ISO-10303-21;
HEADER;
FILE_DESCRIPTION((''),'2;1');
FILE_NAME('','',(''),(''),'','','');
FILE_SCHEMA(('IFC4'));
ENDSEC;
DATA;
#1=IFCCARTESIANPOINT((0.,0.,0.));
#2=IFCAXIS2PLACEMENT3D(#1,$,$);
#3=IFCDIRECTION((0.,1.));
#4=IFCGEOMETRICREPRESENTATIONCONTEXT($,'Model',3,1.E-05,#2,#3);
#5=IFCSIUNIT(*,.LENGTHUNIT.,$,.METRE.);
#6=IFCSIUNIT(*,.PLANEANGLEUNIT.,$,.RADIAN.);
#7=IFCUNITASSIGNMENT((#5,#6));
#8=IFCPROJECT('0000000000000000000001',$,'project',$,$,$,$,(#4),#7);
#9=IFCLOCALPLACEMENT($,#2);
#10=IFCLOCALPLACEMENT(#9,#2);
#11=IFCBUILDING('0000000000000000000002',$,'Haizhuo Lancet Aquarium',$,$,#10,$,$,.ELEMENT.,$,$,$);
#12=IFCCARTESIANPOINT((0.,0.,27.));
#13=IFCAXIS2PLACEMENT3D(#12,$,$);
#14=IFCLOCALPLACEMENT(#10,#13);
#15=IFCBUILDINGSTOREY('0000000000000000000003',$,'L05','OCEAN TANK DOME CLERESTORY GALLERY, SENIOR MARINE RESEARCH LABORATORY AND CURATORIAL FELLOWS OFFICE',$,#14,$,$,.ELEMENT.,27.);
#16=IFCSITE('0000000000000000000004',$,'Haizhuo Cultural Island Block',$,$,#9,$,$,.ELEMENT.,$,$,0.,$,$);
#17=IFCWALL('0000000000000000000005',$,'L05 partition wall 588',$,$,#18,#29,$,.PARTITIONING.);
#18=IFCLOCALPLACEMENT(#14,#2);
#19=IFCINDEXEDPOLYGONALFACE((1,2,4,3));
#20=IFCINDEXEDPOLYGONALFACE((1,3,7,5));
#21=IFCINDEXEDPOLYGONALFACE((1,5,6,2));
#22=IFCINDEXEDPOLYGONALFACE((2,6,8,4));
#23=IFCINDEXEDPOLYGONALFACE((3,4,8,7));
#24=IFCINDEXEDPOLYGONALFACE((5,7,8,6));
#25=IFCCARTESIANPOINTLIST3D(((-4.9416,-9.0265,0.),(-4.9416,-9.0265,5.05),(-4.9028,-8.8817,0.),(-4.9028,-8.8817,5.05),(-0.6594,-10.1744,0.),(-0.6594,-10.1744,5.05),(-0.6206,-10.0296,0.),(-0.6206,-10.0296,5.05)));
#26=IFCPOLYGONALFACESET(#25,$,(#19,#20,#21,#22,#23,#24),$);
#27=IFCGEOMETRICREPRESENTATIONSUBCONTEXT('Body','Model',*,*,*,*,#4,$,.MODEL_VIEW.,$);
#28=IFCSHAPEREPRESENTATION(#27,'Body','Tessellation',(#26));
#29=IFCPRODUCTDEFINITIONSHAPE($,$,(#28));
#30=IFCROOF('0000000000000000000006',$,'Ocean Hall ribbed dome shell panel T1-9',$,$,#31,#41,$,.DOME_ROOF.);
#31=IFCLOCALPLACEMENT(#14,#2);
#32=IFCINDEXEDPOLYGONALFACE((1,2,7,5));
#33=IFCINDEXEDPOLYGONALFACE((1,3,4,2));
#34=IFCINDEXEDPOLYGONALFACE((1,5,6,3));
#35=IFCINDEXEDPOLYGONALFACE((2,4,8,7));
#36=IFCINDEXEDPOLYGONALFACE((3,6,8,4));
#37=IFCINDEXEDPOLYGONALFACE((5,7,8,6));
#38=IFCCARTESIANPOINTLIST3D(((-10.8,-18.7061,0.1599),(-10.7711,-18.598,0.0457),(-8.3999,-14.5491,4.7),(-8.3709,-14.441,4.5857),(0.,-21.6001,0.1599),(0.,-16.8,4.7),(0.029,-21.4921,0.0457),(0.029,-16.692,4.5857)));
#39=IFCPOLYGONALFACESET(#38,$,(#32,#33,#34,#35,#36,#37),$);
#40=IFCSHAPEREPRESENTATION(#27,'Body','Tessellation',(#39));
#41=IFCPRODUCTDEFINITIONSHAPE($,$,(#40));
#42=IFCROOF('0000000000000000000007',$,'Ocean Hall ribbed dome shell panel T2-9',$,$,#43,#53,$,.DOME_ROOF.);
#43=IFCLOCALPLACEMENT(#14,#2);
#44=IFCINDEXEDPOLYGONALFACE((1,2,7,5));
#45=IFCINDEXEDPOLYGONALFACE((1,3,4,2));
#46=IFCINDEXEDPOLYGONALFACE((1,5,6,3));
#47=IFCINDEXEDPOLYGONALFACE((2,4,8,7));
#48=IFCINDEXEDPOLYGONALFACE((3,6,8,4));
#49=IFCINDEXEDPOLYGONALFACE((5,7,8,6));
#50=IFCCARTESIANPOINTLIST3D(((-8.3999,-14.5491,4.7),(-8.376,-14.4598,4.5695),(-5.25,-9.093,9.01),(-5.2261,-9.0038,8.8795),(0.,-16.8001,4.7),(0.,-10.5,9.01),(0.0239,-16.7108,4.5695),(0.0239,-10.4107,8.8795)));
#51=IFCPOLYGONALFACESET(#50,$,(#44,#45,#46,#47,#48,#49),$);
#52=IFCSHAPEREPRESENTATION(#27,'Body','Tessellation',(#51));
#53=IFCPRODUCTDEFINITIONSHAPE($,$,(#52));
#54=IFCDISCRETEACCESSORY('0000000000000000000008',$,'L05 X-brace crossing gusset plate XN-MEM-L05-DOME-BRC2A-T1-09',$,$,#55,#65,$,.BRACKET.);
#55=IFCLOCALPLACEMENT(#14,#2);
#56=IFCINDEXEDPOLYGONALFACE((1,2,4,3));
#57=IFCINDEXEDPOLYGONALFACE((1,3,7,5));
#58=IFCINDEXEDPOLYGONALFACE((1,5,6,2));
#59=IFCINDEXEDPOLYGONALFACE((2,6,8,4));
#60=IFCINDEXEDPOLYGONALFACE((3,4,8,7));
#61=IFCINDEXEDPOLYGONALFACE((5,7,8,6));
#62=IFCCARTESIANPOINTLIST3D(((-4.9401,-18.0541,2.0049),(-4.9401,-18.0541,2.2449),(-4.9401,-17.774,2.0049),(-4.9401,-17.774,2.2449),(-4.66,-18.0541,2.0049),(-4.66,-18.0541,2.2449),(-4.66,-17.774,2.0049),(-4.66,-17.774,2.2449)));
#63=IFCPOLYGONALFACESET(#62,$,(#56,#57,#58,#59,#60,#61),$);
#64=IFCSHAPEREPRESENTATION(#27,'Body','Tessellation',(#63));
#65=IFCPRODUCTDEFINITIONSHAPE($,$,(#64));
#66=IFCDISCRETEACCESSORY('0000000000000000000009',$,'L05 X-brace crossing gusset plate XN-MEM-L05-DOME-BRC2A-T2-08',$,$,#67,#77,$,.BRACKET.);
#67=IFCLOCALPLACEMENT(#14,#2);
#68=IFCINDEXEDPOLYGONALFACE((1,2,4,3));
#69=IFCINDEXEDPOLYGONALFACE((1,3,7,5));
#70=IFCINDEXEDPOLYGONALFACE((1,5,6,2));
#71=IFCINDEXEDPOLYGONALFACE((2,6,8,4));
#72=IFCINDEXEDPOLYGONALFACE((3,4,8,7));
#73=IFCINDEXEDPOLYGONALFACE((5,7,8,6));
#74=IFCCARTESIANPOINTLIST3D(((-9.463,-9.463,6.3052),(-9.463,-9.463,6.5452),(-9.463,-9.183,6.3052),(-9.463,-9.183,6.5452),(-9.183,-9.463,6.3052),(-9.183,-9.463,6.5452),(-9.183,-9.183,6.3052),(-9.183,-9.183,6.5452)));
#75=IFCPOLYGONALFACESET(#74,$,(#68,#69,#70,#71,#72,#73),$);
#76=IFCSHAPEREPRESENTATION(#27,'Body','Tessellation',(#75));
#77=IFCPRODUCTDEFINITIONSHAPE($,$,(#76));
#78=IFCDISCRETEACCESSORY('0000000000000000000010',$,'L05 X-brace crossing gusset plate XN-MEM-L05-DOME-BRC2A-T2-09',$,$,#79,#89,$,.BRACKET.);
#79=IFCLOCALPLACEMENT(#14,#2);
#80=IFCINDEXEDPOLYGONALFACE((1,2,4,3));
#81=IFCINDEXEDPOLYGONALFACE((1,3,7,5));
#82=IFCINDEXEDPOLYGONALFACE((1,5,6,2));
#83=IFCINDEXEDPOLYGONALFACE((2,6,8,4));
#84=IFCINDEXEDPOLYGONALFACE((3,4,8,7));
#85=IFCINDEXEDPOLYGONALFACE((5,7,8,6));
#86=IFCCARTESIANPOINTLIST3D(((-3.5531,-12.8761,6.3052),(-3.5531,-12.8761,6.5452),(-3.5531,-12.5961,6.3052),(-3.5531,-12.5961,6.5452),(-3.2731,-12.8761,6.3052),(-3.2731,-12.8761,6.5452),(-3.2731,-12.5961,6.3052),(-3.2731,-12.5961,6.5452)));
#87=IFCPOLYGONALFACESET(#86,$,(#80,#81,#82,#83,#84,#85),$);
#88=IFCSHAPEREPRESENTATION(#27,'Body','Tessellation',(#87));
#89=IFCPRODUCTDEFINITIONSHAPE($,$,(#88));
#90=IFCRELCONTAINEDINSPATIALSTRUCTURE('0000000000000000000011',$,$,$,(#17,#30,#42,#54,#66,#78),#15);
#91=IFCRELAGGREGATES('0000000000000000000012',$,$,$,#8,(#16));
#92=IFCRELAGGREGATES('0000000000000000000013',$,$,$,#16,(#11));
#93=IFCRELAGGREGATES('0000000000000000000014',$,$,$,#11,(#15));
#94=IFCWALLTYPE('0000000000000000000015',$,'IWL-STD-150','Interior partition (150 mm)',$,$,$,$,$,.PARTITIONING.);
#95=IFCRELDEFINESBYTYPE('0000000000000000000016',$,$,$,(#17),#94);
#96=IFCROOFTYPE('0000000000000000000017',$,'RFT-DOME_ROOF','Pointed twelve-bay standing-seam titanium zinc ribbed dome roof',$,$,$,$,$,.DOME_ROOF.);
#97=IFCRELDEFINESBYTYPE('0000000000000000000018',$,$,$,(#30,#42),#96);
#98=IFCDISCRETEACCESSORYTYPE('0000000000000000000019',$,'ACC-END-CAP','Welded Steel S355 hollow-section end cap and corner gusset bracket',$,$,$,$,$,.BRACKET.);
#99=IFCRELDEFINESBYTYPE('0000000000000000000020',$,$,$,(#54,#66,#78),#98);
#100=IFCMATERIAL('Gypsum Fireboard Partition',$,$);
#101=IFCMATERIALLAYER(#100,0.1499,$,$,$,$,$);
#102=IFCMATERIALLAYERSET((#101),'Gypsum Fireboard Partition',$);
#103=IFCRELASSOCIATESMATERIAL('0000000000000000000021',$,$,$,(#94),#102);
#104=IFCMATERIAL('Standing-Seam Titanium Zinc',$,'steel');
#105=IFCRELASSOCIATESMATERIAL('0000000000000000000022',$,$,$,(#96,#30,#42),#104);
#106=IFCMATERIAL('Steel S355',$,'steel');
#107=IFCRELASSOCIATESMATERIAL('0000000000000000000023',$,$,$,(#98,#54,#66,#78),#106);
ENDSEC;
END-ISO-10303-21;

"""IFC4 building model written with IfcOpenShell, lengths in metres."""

from ifc_helpers import new_model, si_unit, direction, frame, frame_2d, origin, origin_2d, place, context, subcontext, project, spatial, polyline, rectangle, outline, extrude, material, layer, layer_set, type_object, element, save


model = new_model("IFC4")

# Units and contexts
model_context = context("Model", 3, precision=1e-05, world=origin(), true_north=direction((0.0, 1.0)))
body_context = subcontext(model_context, "Body", "Model", "MODEL_VIEW")
ifc_project = project(units=[si_unit("LENGTHUNIT", "METRE"), si_unit("PLANEANGLEUNIT", "RADIAN")], contexts=[model_context])

# Site, building, storey
site_placement = place(None, origin())
site = spatial("IfcSite", under=ifc_project, at=site_placement, Name="Haizhuo Cultural Island Block", CompositionType="ELEMENT", RefElevation=0.0)
building_placement = place(site_placement, origin())
building = spatial("IfcBuilding", under=site, at=building_placement, Name="Haizhuo Lancet Aquarium", CompositionType="ELEMENT")
storey_placement = place(building_placement, frame((0.0, 0.0, 27.0)))
storey = spatial("IfcBuildingStorey", under=building, at=storey_placement, Name="L05", Description="OCEAN TANK DOME CLERESTORY GALLERY, SENIOR MARINE RESEARCH LABORATORY AND CURATORIAL FELLOWS OFFICE", CompositionType="ELEMENT", Elevation=27.0)

# Shared definitions
ifc_material_1 = material(Name="Steel S355", Category="steel")

# Wall
ifc_material_2 = material(Name="Gypsum Fireboard Partition")
ifc_layer_1 = layer(ifc_material_2, 0.1499)
ifc_layer_set_1 = layer_set([ifc_layer_1], Name="Gypsum Fireboard Partition")
wall_type = type_object("IfcWallType", Name="IWL-STD-150", Description="Interior partition (150 mm)", PredefinedType="PARTITIONING", material=ifc_layer_set_1)
wall_placement = place(storey_placement, frame((-0.6399, -10.1021, 0.0), z_axis=(0.0, 0.0, 1.0), x_axis=(-0.965896, 0.258931, 0.0)))
element("IfcWall", 1, at=wall_placement, inside=storey, type_object=wall_type, Name="L05 partition wall 588", PredefinedType="PARTITIONING", context=body_context, shape_type="SweptSolid", body=[
    extrude(rectangle(XDim=4.4333, YDim=0.1499, at=frame_2d((2.2168, 0.0))), origin(), (0.0, 0.0, 1.0), 5.05),
])

# Roofs
ifc_material_3 = material(Name="Standing-Seam Titanium Zinc", Category="steel")
roof_type = type_object("IfcRoofType", Name="RFT-DOME_ROOF", Description="Pointed twelve-bay standing-seam titanium zinc ribbed dome roof", PredefinedType="DOME_ROOF", material=ifc_material_3)
roof_1_placement = place(storey_placement, frame((-10.8, -18.7061, 0.1599), z_axis=(-0.181092, -0.675791, 0.714501), x_axis=(0.965921, -0.258836, 0.000002)))
element("IfcRoof", 2, at=roof_1_placement, inside=storey, type_object=roof_type, material=ifc_material_3, Name="Ocean Hall ribbed dome shell panel T1-9", PredefinedType="DOME_ROOF", context=body_context, shape_type="SweptSolid", body=[
    extrude(outline(polyline([(0.0, 0.0), (11.1811, 0.0), (9.9387, 6.4891), (1.2424, 6.4892), (0.0, 0.0)])), origin(), (0.0, 0.0, -1.0), 0.1599),
])
roof_2_placement = place(storey_placement, frame((-8.3999, -14.5491, 4.7), z_axis=(-0.14961, -0.55828, 0.816051), x_axis=(0.965919, -0.258846, 0.000003)))
element("IfcRoof", 3, at=roof_2_placement, inside=storey, type_object=roof_type, material=ifc_material_3, Name="Ocean Hall ribbed dome shell panel T2-9", PredefinedType="DOME_ROOF", context=body_context, shape_type="SweptSolid", body=[
    extrude(outline(polyline([(0.0, 0.0), (8.6963, 0.0), (7.0656, 7.4571), (1.6303, 7.4572), (0.0, 0.0)])), origin(), (0.0, 0.0, -1.0), 0.1599),
])

# Discrete accessories
discrete_accessory_type = type_object("IfcDiscreteAccessoryType", Name="ACC-END-CAP", Description="Welded Steel S355 hollow-section end cap and corner gusset bracket", PredefinedType="BRACKET", material=ifc_material_1)
for number, where, z_axis, x_axis, name in (
    (4, (-4.8, -17.9141, 2.0049), (0.0, 0.0, 1.0), (1.0, 0.0, 0.0), "L05 X-brace crossing gusset plate XN-MEM-L05-DOME-BRC2A-T1-09"),
    (5, (-9.323, -9.323, 6.3052), (0.0, 0.0, 1.0), (1.0, 0.0, 0.0), "L05 X-brace crossing gusset plate XN-MEM-L05-DOME-BRC2A-T2-08"),
    (6, (-3.4131, -12.7361, 6.3052), (0.0, 0.0, 1.0), (1.0, 0.0, 0.0), "L05 X-brace crossing gusset plate XN-MEM-L05-DOME-BRC2A-T2-09"),
):
    element("IfcDiscreteAccessory", number, at=place(storey_placement, frame(where, z_axis=z_axis, x_axis=x_axis)), inside=storey, type_object=discrete_accessory_type, material=ifc_material_1, Name=name, PredefinedType="BRACKET", context=body_context, shape_type="SweptSolid", body=[
        extrude(rectangle(XDim=0.28, YDim=0.28, at=origin_2d()), origin(), (0.0, 0.0, 1.0), 0.24),
    ])

save(model, "model.ifc")
